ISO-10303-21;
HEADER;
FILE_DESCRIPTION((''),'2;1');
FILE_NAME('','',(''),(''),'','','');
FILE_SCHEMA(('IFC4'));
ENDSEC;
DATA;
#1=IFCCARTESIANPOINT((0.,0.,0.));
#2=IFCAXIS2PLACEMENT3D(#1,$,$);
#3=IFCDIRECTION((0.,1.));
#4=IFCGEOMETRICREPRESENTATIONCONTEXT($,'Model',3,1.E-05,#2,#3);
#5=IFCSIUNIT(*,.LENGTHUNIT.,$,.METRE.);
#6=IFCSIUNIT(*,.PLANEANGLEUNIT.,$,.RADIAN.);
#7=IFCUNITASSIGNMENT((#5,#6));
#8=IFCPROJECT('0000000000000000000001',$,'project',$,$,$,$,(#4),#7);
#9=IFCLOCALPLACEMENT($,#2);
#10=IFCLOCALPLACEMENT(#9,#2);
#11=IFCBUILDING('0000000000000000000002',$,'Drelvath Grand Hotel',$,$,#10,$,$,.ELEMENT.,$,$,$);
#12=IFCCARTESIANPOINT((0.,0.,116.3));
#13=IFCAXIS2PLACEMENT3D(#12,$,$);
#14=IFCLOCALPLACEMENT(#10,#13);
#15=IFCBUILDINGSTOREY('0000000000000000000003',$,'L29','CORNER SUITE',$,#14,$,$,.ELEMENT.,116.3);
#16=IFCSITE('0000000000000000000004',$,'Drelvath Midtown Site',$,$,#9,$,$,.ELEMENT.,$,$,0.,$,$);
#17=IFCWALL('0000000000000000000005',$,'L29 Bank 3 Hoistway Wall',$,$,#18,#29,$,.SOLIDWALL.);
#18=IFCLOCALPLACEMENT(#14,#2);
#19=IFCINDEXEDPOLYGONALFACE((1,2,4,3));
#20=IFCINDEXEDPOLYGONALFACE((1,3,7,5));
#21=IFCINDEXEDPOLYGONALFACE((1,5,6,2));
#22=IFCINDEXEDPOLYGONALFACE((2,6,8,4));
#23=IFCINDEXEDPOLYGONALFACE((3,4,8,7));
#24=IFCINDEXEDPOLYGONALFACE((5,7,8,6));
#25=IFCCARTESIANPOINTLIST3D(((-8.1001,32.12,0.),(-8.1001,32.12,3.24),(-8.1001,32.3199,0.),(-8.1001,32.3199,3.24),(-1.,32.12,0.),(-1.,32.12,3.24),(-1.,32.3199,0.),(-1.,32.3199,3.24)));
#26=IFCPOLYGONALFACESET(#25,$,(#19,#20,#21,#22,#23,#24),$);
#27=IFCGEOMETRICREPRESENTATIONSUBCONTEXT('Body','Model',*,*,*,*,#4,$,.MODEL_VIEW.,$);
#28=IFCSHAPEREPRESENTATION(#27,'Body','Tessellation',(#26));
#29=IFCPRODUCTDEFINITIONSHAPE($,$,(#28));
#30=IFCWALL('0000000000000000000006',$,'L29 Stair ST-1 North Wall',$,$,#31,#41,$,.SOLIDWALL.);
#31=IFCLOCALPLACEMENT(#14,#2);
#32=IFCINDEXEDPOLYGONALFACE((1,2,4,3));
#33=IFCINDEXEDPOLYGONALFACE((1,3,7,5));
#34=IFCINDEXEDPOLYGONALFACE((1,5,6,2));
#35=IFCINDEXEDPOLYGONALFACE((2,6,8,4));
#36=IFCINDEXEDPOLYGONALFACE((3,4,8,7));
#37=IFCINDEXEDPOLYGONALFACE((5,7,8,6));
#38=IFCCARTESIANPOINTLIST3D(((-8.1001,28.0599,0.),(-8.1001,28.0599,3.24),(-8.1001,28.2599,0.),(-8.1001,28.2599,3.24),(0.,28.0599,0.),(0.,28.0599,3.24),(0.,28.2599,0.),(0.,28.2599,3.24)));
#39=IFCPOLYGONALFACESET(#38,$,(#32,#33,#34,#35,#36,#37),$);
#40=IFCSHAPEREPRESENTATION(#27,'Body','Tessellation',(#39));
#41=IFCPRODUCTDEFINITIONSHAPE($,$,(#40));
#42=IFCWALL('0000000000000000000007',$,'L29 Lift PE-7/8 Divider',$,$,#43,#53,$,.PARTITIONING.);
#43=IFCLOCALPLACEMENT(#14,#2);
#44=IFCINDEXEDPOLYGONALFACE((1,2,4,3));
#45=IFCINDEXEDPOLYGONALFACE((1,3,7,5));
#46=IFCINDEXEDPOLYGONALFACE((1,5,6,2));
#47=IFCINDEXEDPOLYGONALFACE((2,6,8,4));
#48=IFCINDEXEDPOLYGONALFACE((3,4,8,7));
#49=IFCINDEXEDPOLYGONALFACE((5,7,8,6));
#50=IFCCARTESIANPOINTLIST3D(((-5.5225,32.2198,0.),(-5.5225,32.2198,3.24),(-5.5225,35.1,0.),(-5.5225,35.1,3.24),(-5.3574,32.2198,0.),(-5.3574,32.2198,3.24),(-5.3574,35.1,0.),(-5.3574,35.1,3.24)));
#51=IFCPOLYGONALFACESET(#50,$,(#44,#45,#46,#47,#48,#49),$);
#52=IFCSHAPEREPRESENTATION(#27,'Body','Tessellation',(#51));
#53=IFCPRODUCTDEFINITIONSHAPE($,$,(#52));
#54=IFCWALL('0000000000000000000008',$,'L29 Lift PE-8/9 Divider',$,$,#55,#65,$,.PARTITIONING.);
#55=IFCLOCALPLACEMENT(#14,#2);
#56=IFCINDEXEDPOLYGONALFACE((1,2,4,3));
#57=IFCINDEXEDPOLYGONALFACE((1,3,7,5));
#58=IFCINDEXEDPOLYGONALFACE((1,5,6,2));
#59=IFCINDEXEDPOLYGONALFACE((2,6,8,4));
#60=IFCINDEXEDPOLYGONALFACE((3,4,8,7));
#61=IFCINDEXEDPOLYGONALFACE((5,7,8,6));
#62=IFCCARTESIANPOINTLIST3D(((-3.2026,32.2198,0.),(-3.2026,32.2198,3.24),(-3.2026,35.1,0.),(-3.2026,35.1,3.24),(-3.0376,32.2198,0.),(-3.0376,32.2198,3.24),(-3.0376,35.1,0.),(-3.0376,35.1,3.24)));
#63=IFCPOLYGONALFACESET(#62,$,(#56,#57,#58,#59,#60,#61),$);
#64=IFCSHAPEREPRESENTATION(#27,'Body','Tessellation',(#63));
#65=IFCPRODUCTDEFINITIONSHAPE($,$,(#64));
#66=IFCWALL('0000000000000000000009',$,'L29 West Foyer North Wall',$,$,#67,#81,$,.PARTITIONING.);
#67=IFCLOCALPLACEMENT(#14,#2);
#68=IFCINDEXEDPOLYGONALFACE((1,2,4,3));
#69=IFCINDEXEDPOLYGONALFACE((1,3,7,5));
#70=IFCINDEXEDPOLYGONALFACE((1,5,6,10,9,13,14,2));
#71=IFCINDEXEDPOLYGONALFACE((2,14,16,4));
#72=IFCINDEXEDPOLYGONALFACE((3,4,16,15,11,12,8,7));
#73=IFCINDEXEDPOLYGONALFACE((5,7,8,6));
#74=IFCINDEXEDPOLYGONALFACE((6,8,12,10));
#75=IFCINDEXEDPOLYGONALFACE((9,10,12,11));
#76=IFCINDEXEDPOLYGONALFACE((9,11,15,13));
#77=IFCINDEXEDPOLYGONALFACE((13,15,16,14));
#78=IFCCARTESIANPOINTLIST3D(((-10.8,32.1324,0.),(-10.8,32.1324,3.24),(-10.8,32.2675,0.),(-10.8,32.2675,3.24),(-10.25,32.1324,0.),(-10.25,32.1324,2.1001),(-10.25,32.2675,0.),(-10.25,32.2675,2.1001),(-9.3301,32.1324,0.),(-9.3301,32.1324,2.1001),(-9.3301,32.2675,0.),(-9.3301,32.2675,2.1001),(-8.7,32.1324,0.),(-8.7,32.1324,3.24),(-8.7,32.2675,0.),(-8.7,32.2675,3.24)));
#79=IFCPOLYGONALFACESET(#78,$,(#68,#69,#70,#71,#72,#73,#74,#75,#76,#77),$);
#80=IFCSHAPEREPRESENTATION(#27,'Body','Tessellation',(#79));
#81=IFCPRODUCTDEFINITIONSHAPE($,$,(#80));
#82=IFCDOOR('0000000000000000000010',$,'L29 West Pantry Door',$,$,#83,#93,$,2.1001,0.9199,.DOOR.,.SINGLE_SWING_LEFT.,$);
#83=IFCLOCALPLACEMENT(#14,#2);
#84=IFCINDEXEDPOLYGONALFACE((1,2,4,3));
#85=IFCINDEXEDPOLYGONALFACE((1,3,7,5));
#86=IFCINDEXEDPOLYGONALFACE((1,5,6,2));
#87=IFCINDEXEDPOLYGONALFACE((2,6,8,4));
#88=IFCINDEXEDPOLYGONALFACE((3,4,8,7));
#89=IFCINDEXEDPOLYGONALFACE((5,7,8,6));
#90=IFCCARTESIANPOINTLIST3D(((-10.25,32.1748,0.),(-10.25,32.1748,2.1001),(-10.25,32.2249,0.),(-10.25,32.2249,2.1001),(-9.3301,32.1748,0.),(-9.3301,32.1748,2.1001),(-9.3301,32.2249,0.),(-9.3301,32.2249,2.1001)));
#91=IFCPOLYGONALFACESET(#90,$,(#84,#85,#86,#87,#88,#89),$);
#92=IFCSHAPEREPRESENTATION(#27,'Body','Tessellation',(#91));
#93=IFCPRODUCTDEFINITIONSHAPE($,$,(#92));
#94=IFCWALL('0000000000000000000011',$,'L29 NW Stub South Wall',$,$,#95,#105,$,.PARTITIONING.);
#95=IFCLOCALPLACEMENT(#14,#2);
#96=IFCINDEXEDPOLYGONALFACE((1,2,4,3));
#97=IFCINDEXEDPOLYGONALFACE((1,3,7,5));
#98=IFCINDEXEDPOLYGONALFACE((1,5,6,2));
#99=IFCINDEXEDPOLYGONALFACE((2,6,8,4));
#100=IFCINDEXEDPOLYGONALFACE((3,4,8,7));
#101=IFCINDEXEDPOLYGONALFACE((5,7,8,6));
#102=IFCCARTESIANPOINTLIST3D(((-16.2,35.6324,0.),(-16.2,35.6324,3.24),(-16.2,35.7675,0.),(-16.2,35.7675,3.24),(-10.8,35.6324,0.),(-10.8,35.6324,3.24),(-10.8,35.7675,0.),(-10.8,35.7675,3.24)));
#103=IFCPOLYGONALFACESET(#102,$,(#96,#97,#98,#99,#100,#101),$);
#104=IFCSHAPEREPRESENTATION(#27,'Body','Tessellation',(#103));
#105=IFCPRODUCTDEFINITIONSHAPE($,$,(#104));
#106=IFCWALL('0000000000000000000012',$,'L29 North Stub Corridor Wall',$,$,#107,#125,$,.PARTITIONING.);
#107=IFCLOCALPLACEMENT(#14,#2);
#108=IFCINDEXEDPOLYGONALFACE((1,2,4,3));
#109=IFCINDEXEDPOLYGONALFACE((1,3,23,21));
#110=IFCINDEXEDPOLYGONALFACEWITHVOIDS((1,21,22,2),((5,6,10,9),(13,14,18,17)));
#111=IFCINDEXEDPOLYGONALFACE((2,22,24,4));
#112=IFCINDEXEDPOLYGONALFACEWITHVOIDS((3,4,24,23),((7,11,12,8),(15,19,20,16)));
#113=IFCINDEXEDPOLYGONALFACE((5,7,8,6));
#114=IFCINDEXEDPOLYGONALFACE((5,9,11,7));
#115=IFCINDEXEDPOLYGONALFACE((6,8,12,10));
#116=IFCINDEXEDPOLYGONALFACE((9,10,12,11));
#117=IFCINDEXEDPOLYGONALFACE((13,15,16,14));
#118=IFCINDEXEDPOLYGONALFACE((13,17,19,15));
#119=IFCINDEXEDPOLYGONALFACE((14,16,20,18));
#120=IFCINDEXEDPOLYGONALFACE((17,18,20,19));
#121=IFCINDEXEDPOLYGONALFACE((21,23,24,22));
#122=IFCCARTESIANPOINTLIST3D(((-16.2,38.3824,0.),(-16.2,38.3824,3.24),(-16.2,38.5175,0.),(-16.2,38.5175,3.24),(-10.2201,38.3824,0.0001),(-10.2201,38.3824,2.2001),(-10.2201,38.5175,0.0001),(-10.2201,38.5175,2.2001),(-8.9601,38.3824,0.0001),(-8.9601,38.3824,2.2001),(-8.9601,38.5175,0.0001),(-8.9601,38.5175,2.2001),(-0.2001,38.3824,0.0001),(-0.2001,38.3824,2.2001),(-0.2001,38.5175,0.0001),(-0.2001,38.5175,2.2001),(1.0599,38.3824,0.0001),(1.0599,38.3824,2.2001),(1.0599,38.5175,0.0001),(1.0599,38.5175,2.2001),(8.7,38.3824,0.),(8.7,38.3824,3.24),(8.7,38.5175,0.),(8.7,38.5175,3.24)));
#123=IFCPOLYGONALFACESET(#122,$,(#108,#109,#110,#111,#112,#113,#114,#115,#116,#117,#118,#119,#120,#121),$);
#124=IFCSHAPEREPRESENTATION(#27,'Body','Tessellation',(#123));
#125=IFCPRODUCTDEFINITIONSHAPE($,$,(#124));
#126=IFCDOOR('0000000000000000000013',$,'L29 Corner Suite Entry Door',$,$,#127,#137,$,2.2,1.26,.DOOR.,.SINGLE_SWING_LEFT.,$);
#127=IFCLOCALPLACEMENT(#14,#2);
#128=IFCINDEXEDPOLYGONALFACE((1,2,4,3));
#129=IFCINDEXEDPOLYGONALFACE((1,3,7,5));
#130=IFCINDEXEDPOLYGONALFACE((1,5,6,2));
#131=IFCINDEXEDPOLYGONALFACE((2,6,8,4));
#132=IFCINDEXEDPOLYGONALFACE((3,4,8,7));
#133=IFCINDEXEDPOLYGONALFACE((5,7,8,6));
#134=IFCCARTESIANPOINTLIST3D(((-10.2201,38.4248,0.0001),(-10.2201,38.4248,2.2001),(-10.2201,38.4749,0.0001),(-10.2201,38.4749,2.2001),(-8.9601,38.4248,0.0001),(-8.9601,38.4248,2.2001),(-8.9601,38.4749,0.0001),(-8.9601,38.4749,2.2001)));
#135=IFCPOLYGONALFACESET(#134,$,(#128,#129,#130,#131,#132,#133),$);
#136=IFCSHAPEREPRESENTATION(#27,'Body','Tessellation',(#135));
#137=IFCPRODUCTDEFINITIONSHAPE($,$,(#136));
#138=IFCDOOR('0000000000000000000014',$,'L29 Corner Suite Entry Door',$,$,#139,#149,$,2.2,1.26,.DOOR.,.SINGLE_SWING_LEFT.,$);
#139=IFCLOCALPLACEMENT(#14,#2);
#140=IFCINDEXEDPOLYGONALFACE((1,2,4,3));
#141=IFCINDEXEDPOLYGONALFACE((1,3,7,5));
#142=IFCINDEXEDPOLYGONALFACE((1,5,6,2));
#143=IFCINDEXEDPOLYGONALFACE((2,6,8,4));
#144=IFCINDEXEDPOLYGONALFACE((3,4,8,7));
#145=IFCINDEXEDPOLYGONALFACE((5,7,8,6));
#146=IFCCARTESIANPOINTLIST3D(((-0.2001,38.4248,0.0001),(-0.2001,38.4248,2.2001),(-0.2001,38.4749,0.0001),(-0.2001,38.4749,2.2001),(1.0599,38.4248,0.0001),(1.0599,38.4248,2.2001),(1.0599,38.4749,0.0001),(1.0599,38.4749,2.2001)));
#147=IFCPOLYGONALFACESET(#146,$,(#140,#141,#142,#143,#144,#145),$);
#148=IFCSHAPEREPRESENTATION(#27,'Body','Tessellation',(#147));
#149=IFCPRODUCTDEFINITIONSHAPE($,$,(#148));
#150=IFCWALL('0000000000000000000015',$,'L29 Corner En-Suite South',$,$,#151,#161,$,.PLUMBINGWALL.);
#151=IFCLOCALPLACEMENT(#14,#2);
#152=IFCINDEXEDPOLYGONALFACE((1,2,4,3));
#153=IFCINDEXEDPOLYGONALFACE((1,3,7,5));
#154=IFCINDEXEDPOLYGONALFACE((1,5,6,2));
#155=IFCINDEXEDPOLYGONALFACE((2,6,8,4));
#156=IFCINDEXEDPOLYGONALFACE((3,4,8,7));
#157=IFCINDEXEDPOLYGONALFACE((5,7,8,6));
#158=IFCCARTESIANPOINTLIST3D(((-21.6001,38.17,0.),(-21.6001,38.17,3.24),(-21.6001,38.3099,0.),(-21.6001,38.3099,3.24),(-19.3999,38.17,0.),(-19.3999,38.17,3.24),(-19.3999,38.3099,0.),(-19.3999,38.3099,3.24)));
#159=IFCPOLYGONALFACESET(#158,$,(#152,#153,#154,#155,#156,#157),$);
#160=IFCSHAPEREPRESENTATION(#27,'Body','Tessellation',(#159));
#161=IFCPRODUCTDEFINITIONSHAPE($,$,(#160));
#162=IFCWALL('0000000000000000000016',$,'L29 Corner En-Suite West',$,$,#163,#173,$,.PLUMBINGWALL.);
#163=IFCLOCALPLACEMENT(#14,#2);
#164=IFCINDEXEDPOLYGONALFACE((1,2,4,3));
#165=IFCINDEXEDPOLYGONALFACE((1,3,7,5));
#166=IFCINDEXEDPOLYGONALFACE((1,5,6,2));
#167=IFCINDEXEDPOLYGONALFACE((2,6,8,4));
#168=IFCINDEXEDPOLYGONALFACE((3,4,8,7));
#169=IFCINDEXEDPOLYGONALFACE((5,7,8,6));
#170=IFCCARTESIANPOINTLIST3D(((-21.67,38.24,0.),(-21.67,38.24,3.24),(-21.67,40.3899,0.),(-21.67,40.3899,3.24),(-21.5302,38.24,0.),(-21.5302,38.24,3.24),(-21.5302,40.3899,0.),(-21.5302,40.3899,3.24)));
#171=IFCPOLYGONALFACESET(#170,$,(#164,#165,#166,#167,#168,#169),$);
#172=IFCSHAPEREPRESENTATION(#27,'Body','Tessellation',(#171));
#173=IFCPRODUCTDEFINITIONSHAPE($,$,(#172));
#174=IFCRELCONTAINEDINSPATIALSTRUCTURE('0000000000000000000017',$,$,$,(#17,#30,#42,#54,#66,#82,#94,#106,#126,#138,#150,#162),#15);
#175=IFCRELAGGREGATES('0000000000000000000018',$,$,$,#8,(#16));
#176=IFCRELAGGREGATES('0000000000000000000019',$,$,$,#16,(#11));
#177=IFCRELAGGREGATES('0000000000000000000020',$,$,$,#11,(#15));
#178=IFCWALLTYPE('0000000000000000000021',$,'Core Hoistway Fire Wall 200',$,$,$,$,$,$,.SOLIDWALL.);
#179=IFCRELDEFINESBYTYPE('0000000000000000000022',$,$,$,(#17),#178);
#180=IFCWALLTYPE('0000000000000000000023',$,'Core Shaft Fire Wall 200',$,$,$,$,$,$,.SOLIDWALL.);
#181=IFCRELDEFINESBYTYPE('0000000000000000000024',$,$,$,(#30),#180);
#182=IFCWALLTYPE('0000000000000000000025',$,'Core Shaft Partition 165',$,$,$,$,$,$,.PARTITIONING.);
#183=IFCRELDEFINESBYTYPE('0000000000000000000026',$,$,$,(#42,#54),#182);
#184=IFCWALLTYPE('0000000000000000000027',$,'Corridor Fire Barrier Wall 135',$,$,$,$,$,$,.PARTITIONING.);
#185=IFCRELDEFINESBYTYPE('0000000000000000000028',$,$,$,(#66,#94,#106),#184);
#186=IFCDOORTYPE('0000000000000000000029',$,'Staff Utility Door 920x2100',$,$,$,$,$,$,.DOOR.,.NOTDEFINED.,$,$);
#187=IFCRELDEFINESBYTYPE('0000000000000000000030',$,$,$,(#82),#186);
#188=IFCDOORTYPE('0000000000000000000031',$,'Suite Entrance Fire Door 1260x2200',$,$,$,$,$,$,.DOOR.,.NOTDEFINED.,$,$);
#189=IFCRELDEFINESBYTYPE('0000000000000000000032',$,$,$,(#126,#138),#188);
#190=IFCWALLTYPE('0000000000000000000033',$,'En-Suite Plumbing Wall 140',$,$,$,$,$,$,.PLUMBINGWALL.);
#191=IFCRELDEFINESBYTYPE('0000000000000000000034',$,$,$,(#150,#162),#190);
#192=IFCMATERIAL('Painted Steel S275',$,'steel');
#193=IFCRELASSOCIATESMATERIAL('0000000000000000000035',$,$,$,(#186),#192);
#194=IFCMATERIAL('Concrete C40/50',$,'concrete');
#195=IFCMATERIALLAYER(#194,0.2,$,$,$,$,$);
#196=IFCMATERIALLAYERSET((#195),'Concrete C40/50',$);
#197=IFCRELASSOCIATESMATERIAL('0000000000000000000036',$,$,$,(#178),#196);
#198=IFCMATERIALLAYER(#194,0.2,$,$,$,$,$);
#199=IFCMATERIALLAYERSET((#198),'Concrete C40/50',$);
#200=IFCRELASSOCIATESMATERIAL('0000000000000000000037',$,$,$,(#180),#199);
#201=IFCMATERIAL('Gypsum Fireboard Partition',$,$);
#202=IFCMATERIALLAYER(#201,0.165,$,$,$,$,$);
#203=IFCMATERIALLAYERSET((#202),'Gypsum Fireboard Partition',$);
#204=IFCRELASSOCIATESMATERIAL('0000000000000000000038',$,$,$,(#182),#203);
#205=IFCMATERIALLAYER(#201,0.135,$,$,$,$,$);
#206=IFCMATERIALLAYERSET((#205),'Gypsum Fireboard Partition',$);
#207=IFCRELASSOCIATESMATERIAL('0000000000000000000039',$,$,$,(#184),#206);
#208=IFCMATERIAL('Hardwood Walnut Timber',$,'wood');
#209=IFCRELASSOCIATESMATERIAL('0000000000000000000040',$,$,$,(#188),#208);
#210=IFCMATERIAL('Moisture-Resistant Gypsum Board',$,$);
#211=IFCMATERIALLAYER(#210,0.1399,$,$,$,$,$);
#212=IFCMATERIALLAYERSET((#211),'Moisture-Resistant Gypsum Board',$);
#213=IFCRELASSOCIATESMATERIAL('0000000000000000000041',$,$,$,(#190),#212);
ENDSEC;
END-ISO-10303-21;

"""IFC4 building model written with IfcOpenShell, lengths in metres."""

from ifc_helpers import new_model, si_unit, direction, frame, frame_2d, origin, place, context, subcontext, project, spatial, rectangle, extrude, material, layer, layer_set, type_object, element, fill, save


model = new_model("IFC4")

# Units and contexts
model_context = context("Model", 3, precision=1e-05, world=origin(), true_north=direction((0.0, 1.0)))
body_context = subcontext(model_context, "Body", "Model", "MODEL_VIEW")
ifc_project = project(units=[si_unit("LENGTHUNIT", "METRE"), si_unit("PLANEANGLEUNIT", "RADIAN")], contexts=[model_context])

# Site, building, storey
site_placement = place(None, origin())
site = spatial("IfcSite", under=ifc_project, at=site_placement, Name="Drelvath Midtown Site", CompositionType="ELEMENT", RefElevation=0.0)
building_placement = place(site_placement, origin())
building = spatial("IfcBuilding", under=site, at=building_placement, Name="Drelvath Grand Hotel", CompositionType="ELEMENT")
storey_placement = place(building_placement, frame((0.0, 0.0, 116.3)))
storey = spatial("IfcBuildingStorey", under=building, at=storey_placement, Name="L29", Description="CORNER SUITE", CompositionType="ELEMENT", Elevation=116.3)

# Shared definitions
ifc_material_1 = material(Name="Painted Steel S275", Category="steel")
door_type_1 = type_object("IfcDoorType", Name="Staff Utility Door 920x2100", OperationType="NOTDEFINED", PredefinedType="DOOR", material=ifc_material_1)

# Walls
ifc_material_2 = material(Name="Concrete C40/50", Category="concrete")
ifc_layer_1 = layer(ifc_material_2, 0.2)
ifc_layer_set_1 = layer_set([ifc_layer_1], Name="Concrete C40/50")
wall_type_1 = type_object("IfcWallType", Name="Core Hoistway Fire Wall 200", PredefinedType="SOLIDWALL", material=ifc_layer_set_1)
wall_1_placement = place(storey_placement, frame((-8.1001, 32.22, 0.0), z_axis=(0.0, 0.0, 1.0), x_axis=(1.0, 0.0, 0.0)))
element("IfcWall", 1, at=wall_1_placement, inside=storey, type_object=wall_type_1, Name="L29 Bank 3 Hoistway Wall", PredefinedType="SOLIDWALL", context=body_context, shape_type="SweptSolid", body=[
    extrude(rectangle(XDim=7.1001, YDim=0.2, at=frame_2d((3.55, 0.0))), origin(), (0.0, 0.0, 1.0), 3.24),
])
ifc_layer_2 = layer(ifc_material_2, 0.2)
ifc_layer_set_2 = layer_set([ifc_layer_2], Name="Concrete C40/50")
wall_type_2 = type_object("IfcWallType", Name="Core Shaft Fire Wall 200", PredefinedType="SOLIDWALL", material=ifc_layer_set_2)
wall_2_placement = place(storey_placement, frame((-8.1001, 28.1599, 0.0), z_axis=(0.0, 0.0, 1.0), x_axis=(1.0, 0.0, 0.0)))
element("IfcWall", 2, at=wall_2_placement, inside=storey, type_object=wall_type_2, Name="L29 Stair ST-1 North Wall", PredefinedType="SOLIDWALL", context=body_context, shape_type="SweptSolid", body=[
    extrude(rectangle(XDim=8.1001, YDim=0.2, at=frame_2d((4.05, 0.0))), origin(), (0.0, 0.0, 1.0), 3.24),
])
ifc_material_3 = material(Name="Gypsum Fireboard Partition")
ifc_layer_3 = layer(ifc_material_3, 0.165)
ifc_layer_set_3 = layer_set([ifc_layer_3], Name="Gypsum Fireboard Partition")
wall_type_3 = type_object("IfcWallType", Name="Core Shaft Partition 165", PredefinedType="PARTITIONING", material=ifc_layer_set_3)
for number, where, z_axis, x_axis, name in (
    (3, (-5.4399, 32.22, 0.0), (0.0, 0.0, 1.0), (0.0, 1.0, 0.0), "L29 Lift PE-7/8 Divider"),
    (4, (-3.1201, 32.22, 0.0), (0.0, 0.0, 1.0), (0.0, 1.0, 0.0), "L29 Lift PE-8/9 Divider"),
):
    element("IfcWall", number, at=place(storey_placement, frame(where, z_axis=z_axis, x_axis=x_axis)), inside=storey, type_object=wall_type_3, Name=name, PredefinedType="PARTITIONING", context=body_context, shape_type="SweptSolid", body=[
        extrude(rectangle(XDim=2.8801, YDim=0.165, at=frame_2d((1.4399, 0.0))), origin(), (0.0, 0.0, 1.0), 3.24),
    ])

# Wall, opening, door
ifc_layer_4 = layer(ifc_material_3, 0.135)
ifc_layer_set_4 = layer_set([ifc_layer_4], Name="Gypsum Fireboard Partition")
wall_type_4 = type_object("IfcWallType", Name="Corridor Fire Barrier Wall 135", PredefinedType="PARTITIONING", material=ifc_layer_set_4)
wall_3_placement = place(storey_placement, frame((-10.8, 32.2, 0.0), z_axis=(0.0, 0.0, 1.0), x_axis=(1.0, 0.0, 0.0)))
wall_3 = element("IfcWall", 5, at=wall_3_placement, inside=storey, type_object=wall_type_4, Name="L29 West Foyer North Wall", PredefinedType="PARTITIONING", context=body_context, shape_type="SweptSolid", body=[
    extrude(rectangle(XDim=2.1001, YDim=0.135, at=frame_2d((1.05, 0.0))), origin(), (0.0, 0.0, 1.0), 3.24),
])
opening_1_placement = place(wall_3_placement, frame((0.55, 0.0, 0.0)))
opening_1 = element("IfcOpeningElement", 6, at=opening_1_placement, cuts=wall_3, PredefinedType="OPENING", context=body_context, shape_type="SweptSolid", body=[
    extrude(rectangle(XDim=0.9199, YDim=2.1001, at=frame_2d((0.46, 1.05))), frame((0.0, 0.0774, 0.0), z_axis=(0.0, -1.0, 0.0), x_axis=(1.0, 0.0, 0.0)), (0.0, 0.0, 1.0), 0.155),
])
door_1_placement = place(opening_1_placement, origin())
door_1 = element("IfcDoor", 7, at=door_1_placement, inside=storey, type_object=door_type_1, Name="L29 West Pantry Door", OperationType="SINGLE_SWING_LEFT", OverallHeight=2.1001, OverallWidth=0.9199, PredefinedType="DOOR", context=body_context, shape_type="SweptSolid", body=[
    extrude(rectangle(XDim=0.9199, YDim=2.1001, at=frame_2d((0.46, 1.05))), frame((0.0, 0.0249, 0.0), z_axis=(0.0, -1.0, 0.0), x_axis=(1.0, 0.0, 0.0)), (0.0, 0.0, 1.0), 0.05),
])
fill(opening_1, door_1)

# Wall
wall_4_placement = place(storey_placement, frame((-16.2, 35.7, 0.0), z_axis=(0.0, 0.0, 1.0), x_axis=(1.0, 0.0, 0.0)))
element("IfcWall", 8, at=wall_4_placement, inside=storey, type_object=wall_type_4, Name="L29 NW Stub South Wall", PredefinedType="PARTITIONING", context=body_context, shape_type="SweptSolid", body=[
    extrude(rectangle(XDim=5.3999, YDim=0.135, at=frame_2d((2.7, 0.0))), origin(), (0.0, 0.0, 1.0), 3.24),
])

# Wall, openings, doors
wall_5_placement = place(storey_placement, frame((-16.2, 38.45, 0.0), z_axis=(0.0, 0.0, 1.0), x_axis=(1.0, 0.0, 0.0)))
wall_5 = element("IfcWall", 9, at=wall_5_placement, inside=storey, type_object=wall_type_4, Name="L29 North Stub Corridor Wall", PredefinedType="PARTITIONING", context=body_context, shape_type="SweptSolid", body=[
    extrude(rectangle(XDim=24.8999, YDim=0.135, at=frame_2d((12.45, 0.0))), origin(), (0.0, 0.0, 1.0), 3.24),
])
opening_2_placement = place(wall_5_placement, frame((5.98, 0.0, 0.0)))
opening_2 = element("IfcOpeningElement", 10, at=opening_2_placement, cuts=wall_5, PredefinedType="OPENING", context=body_context, shape_type="SweptSolid", body=[
    extrude(rectangle(XDim=1.26, YDim=2.2, at=frame_2d((0.6299, 1.1001))), frame((0.0, 0.0774, 0.0), z_axis=(0.0, -1.0, 0.0), x_axis=(1.0, 0.0, 0.0)), (0.0, 0.0, 1.0), 0.155),
])
opening_3_placement = place(wall_5_placement, frame((16.0, 0.0, 0.0)))
opening_3 = element("IfcOpeningElement", 11, at=opening_3_placement, cuts=wall_5, PredefinedType="OPENING", context=body_context, shape_type="SweptSolid", body=[
    extrude(rectangle(XDim=1.26, YDim=2.2, at=frame_2d((0.6299, 1.1001))), frame((0.0, 0.0774, 0.0), z_axis=(0.0, -1.0, 0.0), x_axis=(1.0, 0.0, 0.0)), (0.0, 0.0, 1.0), 0.155),
])
ifc_material_4 = material(Name="Hardwood Walnut Timber", Category="wood")
door_type_2 = type_object("IfcDoorType", Name="Suite Entrance Fire Door 1260x2200", OperationType="NOTDEFINED", PredefinedType="DOOR", material=ifc_material_4)
door_2_placement = place(opening_2_placement, origin())
door_2 = element("IfcDoor", 12, at=door_2_placement, inside=storey, type_object=door_type_2, Name="L29 Corner Suite Entry Door", OperationType="SINGLE_SWING_LEFT", OverallHeight=2.2, OverallWidth=1.26, PredefinedType="DOOR", context=body_context, shape_type="SweptSolid", body=[
    extrude(rectangle(XDim=1.26, YDim=2.2, at=frame_2d((0.6299, 1.1001))), frame((0.0, 0.0249, 0.0), z_axis=(0.0, -1.0, 0.0), x_axis=(1.0, 0.0, 0.0)), (0.0, 0.0, 1.0), 0.05),
])
fill(opening_2, door_2)
door_3_placement = place(opening_3_placement, origin())
door_3 = element("IfcDoor", 13, at=door_3_placement, inside=storey, type_object=door_type_2, Name="L29 Corner Suite Entry Door", OperationType="SINGLE_SWING_LEFT", OverallHeight=2.2, OverallWidth=1.26, PredefinedType="DOOR", context=body_context, shape_type="SweptSolid", body=[
    extrude(rectangle(XDim=1.26, YDim=2.2, at=frame_2d((0.6299, 1.1001))), frame((0.0, 0.0249, 0.0), z_axis=(0.0, -1.0, 0.0), x_axis=(1.0, 0.0, 0.0)), (0.0, 0.0, 1.0), 0.05),
])
fill(opening_3, door_3)

# Walls
ifc_material_5 = material(Name="Moisture-Resistant Gypsum Board")
ifc_layer_5 = layer(ifc_material_5, 0.1399)
ifc_layer_set_5 = layer_set([ifc_layer_5], Name="Moisture-Resistant Gypsum Board")
wall_type_5 = type_object("IfcWallType", Name="En-Suite Plumbing Wall 140", PredefinedType="PLUMBINGWALL", material=ifc_layer_set_5)
wall_6_placement = place(storey_placement, frame((-21.6001, 38.24, 0.0), z_axis=(0.0, 0.0, 1.0), x_axis=(1.0, 0.0, 0.0)))
element("IfcWall", 14, at=wall_6_placement, inside=storey, type_object=wall_type_5, Name="L29 Corner En-Suite South", PredefinedType="PLUMBINGWALL", context=body_context, shape_type="SweptSolid", body=[
    extrude(rectangle(XDim=2.2002, YDim=0.1399, at=frame_2d((1.1001, 0.0))), origin(), (0.0, 0.0, 1.0), 3.24),
])
wall_7_placement = place(storey_placement, frame((-21.6001, 38.24, 0.0), z_axis=(0.0, 0.0, 1.0), x_axis=(0.0, 1.0, 0.0)))
element("IfcWall", 15, at=wall_7_placement, inside=storey, type_object=wall_type_5, Name="L29 Corner En-Suite West", PredefinedType="PLUMBINGWALL", context=body_context, shape_type="SweptSolid", body=[
    extrude(rectangle(XDim=2.1499, YDim=0.1399, at=frame_2d((1.075, 0.0))), origin(), (0.0, 0.0, 1.0), 3.24),
])

save(model, "model.ifc")
